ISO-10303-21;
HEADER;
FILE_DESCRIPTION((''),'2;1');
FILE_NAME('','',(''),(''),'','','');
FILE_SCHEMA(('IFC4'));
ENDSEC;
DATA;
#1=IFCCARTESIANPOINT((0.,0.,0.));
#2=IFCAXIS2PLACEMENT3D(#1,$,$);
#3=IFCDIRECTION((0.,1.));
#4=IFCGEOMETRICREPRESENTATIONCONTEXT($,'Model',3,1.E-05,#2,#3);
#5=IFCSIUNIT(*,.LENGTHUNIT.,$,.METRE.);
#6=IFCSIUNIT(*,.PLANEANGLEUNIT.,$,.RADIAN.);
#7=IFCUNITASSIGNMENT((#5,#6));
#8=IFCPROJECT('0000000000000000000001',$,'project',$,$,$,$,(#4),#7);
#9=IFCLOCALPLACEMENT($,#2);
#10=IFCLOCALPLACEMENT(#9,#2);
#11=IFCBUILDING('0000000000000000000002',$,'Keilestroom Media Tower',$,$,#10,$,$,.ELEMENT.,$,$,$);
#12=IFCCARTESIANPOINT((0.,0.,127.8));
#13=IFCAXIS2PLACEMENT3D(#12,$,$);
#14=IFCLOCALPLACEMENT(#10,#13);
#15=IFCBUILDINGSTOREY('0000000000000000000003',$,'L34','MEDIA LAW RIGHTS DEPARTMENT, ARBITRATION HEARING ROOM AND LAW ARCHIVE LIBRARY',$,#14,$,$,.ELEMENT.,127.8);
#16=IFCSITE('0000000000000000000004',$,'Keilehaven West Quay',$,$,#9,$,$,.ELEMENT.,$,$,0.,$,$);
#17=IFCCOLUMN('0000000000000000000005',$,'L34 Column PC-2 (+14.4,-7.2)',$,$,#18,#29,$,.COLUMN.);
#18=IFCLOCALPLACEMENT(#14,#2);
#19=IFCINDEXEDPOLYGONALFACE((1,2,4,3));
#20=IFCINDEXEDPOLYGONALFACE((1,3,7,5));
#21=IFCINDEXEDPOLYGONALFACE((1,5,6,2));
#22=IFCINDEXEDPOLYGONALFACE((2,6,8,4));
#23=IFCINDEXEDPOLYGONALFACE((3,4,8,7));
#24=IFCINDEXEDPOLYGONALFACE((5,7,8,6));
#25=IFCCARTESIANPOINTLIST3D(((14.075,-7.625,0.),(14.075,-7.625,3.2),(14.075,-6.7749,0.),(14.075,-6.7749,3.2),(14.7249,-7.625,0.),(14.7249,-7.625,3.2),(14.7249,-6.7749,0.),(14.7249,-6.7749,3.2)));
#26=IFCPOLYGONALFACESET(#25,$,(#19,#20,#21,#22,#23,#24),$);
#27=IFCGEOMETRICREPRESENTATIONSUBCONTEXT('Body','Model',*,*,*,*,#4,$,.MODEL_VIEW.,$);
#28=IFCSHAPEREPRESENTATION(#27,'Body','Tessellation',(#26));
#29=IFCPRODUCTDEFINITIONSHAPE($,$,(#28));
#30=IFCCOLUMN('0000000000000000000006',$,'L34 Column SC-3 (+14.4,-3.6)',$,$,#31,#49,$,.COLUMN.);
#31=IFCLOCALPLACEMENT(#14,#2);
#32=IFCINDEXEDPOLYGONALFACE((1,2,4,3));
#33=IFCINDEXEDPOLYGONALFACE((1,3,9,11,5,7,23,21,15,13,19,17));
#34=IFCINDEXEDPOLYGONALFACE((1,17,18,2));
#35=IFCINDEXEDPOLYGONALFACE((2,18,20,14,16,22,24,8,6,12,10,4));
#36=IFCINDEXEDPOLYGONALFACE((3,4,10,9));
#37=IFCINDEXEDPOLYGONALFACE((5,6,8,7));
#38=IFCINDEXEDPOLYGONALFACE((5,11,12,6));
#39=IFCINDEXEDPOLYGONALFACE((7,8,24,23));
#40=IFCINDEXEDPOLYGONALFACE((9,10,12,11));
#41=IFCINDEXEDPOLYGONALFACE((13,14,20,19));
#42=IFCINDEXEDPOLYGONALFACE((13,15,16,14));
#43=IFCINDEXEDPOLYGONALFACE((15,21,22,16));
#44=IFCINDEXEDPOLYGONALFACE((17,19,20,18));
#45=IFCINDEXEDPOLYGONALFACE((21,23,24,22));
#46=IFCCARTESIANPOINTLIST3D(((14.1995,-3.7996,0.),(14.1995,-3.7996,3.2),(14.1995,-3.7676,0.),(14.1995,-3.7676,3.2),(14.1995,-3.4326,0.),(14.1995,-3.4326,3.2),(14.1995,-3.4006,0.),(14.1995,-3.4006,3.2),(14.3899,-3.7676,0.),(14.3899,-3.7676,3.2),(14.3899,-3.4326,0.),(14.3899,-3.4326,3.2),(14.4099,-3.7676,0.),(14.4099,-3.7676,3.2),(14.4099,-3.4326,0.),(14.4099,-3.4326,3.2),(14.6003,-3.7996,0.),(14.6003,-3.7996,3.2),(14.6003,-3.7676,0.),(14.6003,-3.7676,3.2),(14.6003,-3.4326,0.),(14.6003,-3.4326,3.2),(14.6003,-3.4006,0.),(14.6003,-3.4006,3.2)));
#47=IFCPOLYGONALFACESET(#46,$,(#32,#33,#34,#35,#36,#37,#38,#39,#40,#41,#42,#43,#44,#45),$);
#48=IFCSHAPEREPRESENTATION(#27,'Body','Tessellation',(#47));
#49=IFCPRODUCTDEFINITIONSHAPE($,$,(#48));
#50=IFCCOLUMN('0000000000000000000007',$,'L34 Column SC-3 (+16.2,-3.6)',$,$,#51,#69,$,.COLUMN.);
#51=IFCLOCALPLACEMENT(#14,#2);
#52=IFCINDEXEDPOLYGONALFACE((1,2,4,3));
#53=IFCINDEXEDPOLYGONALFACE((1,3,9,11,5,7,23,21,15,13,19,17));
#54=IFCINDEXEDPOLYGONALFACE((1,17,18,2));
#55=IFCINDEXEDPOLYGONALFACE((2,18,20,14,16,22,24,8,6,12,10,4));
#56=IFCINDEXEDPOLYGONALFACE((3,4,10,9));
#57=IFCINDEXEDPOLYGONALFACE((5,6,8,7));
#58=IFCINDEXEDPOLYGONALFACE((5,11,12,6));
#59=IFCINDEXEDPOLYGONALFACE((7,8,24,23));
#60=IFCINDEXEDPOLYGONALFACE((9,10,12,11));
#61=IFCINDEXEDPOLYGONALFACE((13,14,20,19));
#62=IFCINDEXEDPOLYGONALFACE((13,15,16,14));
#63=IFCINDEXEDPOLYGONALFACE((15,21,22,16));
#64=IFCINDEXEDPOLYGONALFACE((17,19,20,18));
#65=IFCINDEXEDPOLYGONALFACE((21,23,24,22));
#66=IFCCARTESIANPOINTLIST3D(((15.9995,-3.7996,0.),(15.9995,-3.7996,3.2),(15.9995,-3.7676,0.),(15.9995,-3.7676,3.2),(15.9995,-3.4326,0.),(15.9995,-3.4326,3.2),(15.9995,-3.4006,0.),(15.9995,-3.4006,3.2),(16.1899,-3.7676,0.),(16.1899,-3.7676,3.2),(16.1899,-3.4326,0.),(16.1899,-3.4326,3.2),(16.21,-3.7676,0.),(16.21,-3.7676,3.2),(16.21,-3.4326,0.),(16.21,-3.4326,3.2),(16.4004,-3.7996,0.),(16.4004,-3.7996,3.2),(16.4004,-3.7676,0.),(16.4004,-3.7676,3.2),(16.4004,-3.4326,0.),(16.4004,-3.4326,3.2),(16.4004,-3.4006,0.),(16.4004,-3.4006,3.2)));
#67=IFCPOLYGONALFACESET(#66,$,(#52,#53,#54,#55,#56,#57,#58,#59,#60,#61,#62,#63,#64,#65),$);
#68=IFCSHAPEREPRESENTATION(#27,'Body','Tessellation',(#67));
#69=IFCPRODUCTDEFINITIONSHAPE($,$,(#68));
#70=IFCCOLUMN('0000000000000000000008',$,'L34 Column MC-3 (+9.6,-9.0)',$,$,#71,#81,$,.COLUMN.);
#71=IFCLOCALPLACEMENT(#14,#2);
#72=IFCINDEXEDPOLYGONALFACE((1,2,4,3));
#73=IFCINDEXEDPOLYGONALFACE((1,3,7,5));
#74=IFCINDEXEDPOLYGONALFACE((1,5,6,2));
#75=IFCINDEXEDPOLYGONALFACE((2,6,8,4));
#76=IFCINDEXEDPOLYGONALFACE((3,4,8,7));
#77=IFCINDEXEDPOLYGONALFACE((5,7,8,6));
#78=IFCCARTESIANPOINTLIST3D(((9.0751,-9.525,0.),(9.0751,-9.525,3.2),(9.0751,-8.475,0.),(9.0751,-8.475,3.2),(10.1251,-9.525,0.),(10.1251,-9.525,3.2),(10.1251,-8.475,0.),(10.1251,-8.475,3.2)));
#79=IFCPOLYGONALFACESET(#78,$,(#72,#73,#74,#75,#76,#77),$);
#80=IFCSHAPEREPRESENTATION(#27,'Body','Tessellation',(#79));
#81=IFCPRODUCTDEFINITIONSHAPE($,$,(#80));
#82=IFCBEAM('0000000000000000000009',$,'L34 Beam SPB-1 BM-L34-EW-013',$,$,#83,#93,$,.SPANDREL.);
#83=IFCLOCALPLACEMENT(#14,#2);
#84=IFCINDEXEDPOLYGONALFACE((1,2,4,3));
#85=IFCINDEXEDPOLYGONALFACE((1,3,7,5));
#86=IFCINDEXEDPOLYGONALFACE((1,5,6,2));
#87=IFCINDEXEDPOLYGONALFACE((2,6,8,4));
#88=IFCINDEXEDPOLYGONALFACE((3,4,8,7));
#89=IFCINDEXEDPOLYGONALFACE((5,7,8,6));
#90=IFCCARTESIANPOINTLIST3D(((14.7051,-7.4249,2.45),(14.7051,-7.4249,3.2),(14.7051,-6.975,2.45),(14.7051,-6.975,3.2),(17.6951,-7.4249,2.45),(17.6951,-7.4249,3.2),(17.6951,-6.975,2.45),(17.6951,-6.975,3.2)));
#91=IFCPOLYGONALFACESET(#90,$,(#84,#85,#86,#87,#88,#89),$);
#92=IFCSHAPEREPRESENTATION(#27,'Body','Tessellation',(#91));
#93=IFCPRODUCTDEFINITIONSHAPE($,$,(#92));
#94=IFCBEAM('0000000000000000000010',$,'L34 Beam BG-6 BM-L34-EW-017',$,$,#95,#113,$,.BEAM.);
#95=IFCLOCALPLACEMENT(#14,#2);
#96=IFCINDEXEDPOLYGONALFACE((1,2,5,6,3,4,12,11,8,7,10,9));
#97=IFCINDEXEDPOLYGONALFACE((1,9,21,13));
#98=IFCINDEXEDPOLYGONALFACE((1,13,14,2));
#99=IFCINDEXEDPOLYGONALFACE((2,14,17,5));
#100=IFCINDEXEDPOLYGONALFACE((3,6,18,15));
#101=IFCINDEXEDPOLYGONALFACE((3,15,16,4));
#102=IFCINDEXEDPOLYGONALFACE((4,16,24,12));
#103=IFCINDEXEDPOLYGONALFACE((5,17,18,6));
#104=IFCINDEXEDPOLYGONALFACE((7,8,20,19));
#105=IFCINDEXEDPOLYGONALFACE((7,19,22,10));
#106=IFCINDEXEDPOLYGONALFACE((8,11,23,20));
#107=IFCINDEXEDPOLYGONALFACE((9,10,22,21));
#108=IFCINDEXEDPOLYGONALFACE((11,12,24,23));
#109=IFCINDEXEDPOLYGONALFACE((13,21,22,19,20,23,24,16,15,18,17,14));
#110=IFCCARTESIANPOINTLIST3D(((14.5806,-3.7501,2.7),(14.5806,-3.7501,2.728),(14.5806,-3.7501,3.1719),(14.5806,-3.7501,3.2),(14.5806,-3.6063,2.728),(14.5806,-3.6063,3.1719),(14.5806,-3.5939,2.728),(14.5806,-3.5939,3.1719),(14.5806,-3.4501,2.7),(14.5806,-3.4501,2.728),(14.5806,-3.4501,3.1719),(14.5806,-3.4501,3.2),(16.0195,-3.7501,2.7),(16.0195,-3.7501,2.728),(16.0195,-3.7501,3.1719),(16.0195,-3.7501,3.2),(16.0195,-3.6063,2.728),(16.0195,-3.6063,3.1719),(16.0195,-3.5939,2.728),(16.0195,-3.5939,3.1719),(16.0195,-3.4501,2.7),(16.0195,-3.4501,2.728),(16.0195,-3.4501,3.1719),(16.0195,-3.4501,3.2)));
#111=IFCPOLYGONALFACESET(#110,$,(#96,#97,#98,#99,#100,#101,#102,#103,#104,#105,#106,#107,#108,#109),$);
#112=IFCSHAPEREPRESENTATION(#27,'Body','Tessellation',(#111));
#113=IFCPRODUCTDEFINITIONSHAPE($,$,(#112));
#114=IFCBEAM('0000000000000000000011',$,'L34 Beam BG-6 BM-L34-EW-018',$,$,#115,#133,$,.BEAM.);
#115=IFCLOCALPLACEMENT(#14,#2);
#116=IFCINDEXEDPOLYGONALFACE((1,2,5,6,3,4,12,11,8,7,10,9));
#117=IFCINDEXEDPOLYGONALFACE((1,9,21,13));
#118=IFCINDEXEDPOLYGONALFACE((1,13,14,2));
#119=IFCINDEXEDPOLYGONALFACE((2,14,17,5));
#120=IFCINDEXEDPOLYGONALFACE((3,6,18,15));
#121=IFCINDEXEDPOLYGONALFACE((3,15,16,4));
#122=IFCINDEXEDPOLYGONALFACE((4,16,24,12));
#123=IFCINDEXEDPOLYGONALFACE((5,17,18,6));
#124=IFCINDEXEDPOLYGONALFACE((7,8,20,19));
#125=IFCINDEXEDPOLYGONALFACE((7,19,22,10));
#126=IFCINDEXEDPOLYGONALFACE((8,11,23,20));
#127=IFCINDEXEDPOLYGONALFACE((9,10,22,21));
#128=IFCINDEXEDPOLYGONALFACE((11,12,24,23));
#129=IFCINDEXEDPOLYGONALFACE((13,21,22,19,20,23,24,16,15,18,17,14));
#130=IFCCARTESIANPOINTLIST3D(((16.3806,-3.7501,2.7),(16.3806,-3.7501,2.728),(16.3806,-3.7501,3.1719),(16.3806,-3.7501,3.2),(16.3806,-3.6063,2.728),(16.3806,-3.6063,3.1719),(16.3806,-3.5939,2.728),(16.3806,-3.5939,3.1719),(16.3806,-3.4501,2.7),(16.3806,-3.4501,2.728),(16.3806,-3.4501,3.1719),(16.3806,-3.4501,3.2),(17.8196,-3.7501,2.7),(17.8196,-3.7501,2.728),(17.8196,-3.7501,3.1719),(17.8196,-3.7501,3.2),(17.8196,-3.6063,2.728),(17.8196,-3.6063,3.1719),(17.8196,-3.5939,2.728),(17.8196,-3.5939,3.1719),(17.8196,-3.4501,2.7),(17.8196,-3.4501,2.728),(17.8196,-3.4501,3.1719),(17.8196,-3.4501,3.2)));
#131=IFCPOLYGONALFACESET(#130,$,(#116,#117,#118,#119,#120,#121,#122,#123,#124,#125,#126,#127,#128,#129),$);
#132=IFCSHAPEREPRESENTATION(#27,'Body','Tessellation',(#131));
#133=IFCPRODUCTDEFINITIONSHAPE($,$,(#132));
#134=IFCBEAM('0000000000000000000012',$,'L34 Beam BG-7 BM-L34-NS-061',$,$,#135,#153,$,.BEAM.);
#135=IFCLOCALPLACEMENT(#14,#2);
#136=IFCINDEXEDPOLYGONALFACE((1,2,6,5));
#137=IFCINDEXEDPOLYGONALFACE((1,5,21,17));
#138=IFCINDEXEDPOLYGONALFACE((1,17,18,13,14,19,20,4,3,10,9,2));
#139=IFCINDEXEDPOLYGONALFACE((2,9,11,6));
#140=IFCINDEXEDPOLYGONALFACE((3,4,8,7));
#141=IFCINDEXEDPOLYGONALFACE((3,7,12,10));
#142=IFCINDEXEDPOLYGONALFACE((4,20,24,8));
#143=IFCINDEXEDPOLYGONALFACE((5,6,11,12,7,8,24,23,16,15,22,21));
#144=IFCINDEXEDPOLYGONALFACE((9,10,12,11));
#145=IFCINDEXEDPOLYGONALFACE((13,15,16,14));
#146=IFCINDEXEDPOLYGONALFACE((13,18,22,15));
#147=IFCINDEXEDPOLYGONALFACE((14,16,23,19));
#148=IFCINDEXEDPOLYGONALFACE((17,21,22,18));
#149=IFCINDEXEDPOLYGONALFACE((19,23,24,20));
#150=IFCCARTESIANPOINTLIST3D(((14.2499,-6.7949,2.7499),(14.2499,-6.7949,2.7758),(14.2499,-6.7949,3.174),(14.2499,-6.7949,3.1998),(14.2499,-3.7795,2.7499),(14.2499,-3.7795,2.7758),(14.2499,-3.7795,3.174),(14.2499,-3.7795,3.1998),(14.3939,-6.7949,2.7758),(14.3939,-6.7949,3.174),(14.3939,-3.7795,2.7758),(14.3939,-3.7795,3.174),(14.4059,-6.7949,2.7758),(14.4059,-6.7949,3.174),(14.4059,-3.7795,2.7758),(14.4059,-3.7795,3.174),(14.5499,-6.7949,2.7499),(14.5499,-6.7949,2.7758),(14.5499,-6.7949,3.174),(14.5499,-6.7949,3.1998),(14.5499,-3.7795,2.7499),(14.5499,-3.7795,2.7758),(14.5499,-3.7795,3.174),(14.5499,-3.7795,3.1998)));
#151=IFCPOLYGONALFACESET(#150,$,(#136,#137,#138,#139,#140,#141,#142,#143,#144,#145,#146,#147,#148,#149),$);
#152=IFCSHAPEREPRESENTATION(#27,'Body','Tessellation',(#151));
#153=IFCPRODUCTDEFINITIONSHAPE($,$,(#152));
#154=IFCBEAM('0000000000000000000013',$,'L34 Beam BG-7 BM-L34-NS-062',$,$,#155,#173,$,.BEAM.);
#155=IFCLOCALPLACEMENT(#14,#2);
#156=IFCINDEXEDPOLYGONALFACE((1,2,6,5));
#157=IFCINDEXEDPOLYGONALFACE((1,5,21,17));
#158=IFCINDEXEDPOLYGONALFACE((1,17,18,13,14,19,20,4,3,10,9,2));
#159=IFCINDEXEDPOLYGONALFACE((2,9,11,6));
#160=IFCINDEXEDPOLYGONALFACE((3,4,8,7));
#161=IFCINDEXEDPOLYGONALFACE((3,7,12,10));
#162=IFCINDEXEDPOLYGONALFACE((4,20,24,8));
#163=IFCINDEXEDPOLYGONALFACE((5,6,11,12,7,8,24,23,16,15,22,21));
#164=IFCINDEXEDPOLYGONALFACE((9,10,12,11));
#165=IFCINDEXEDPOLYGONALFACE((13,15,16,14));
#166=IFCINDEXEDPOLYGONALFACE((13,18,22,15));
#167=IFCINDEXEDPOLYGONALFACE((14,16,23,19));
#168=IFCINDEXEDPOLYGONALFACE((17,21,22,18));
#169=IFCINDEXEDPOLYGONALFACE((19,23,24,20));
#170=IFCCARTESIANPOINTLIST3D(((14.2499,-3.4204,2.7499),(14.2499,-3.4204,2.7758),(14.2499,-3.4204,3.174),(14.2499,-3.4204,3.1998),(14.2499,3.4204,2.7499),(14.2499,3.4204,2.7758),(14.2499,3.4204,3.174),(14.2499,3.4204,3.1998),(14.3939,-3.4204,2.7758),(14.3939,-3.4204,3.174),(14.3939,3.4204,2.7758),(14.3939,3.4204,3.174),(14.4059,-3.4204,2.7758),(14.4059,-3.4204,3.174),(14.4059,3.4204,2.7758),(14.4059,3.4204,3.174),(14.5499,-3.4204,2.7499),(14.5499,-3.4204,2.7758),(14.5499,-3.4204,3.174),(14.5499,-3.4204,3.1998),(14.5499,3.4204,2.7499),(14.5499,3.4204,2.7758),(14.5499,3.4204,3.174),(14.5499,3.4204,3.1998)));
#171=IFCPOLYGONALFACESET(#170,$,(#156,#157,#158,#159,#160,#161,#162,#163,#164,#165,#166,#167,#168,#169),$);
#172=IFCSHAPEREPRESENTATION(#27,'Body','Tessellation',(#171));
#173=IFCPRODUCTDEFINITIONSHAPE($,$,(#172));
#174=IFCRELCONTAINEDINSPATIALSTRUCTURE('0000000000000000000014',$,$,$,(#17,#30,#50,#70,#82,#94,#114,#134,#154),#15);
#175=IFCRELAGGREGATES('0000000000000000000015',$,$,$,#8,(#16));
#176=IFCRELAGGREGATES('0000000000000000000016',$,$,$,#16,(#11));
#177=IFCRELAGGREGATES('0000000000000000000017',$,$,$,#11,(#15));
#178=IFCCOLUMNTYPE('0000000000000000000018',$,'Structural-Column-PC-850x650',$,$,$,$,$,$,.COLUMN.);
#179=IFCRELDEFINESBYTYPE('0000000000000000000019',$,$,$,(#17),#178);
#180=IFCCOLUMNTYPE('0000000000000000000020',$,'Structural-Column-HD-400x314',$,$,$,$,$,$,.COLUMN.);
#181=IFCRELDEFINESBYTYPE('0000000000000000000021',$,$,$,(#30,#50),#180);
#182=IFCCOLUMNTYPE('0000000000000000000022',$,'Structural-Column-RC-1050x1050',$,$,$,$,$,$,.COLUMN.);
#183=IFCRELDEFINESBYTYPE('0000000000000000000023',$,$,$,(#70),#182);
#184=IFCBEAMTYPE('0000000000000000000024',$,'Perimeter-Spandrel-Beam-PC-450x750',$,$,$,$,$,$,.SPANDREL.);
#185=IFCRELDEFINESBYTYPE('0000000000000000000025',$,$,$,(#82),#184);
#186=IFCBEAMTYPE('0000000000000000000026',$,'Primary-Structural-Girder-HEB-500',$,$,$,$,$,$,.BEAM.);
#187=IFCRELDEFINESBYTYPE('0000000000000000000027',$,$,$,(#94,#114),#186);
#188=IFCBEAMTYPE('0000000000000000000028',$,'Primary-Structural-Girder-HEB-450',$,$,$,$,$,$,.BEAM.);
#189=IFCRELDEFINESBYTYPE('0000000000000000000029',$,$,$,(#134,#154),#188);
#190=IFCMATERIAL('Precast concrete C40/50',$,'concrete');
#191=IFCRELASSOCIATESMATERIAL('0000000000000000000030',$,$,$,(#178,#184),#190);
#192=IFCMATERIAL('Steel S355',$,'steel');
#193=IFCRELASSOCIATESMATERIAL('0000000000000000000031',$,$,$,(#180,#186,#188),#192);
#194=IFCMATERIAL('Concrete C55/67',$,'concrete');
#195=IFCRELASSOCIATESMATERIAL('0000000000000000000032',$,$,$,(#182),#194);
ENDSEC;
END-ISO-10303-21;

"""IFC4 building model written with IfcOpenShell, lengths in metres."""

from ifc_helpers import new_model, si_unit, direction, frame, origin, origin_2d, place, context, subcontext, project, spatial, rectangle, i_section, extrude, source, transform, mapped, material, material_profile, profile_set, type_object, element, save


model = new_model("IFC4")

# Units and contexts
model_context = context("Model", 3, precision=1e-05, world=origin(), true_north=direction((0.0, 1.0)))
body_context = subcontext(model_context, "Body", "Model", "MODEL_VIEW")
ifc_project = project(units=[si_unit("LENGTHUNIT", "METRE"), si_unit("PLANEANGLEUNIT", "RADIAN")], contexts=[model_context])

# Site, building, storey
site_placement = place(None, origin())
site = spatial("IfcSite", under=ifc_project, at=site_placement, Name="Keilehaven West Quay", CompositionType="ELEMENT", RefElevation=0.0)
building_placement = place(site_placement, origin())
building = spatial("IfcBuilding", under=site, at=building_placement, Name="Keilestroom Media Tower", CompositionType="ELEMENT")
storey_placement = place(building_placement, frame((0.0, 0.0, 127.8)))
storey = spatial("IfcBuildingStorey", under=building, at=storey_placement, Name="L34", Description="MEDIA LAW RIGHTS DEPARTMENT, ARBITRATION HEARING ROOM AND LAW ARCHIVE LIBRARY", CompositionType="ELEMENT", Elevation=127.8)

# Columns
ifc_material_1 = material(Name="Precast concrete C40/50", Category="concrete")
ifc_material_profile_1 = material_profile(ifc_material_1, rectangle(XDim=0.6499, YDim=0.8501, at=origin_2d()), Name="PC 850x650")
ifc_profile_set_1 = profile_set([ifc_material_profile_1], Name="Precast concrete C40/50")
column_type_1 = type_object("IfcColumnType", Name="Structural-Column-PC-850x650", PredefinedType="COLUMN", material=ifc_profile_set_1)
shared_shape_1 = source(origin(), body_context, "Body", "SweptSolid", [
    extrude(rectangle(XDim=0.6499, YDim=0.8501, at=origin_2d()), origin(), (0.0, 0.0, 1.0), 3.2),
])
column_1_placement = place(storey_placement, frame((14.3999, -7.2, 0.0), z_axis=(0.0, 0.0, 1.0), x_axis=(1.0, 0.0, 0.0)))
element("IfcColumn", 1, at=column_1_placement, inside=storey, type_object=column_type_1, Name="L34 Column PC-2 (+14.4,-7.2)", PredefinedType="COLUMN", context=body_context, shape_type="MappedRepresentation", body=[
    mapped(shared_shape_1, transform((0.0, 0.0, 0.0), x_axis=(1.0, 0.0, 0.0), y_axis=(0.0, 1.0, 0.0), z_axis=(0.0, 0.0, 1.0), scale=1.0)),
])
ifc_material_2 = material(Name="Steel S355", Category="steel")
ifc_material_profile_2 = material_profile(ifc_material_2, i_section(OverallWidth=0.4009, OverallDepth=0.3989, WebThickness=0.02, FlangeThickness=0.032, at=origin_2d()), Name="HD 400x314")
ifc_profile_set_2 = profile_set([ifc_material_profile_2], Name="Steel S355")
column_type_2 = type_object("IfcColumnType", Name="Structural-Column-HD-400x314", PredefinedType="COLUMN", material=ifc_profile_set_2)
shared_shape_2 = source(origin(), body_context, "Body", "SweptSolid", [
    extrude(i_section(OverallWidth=0.4009, OverallDepth=0.3989, WebThickness=0.02, FlangeThickness=0.032, at=origin_2d()), origin(), (0.0, 0.0, 1.0), 3.2),
])
for number, where, z_axis, x_axis, name in (
    (2, (14.3999, -3.6001, 0.0), (0.0, 0.0, 1.0), (1.0, 0.0, 0.0), "L34 Column SC-3 (+14.4,-3.6)"),
    (3, (16.2, -3.6001, 0.0), (0.0, 0.0, 1.0), (1.0, 0.0, 0.0), "L34 Column SC-3 (+16.2,-3.6)"),
):
    element("IfcColumn", number, at=place(storey_placement, frame(where, z_axis=z_axis, x_axis=x_axis)), inside=storey, type_object=column_type_2, Name=name, PredefinedType="COLUMN", context=body_context, shape_type="MappedRepresentation", body=[
        mapped(shared_shape_2, transform((0.0, 0.0, 0.0), x_axis=(1.0, 0.0, 0.0), y_axis=(0.0, 1.0, 0.0), z_axis=(0.0, 0.0, 1.0), scale=1.0)),
    ])
ifc_material_3 = material(Name="Concrete C55/67", Category="concrete")
ifc_material_profile_3 = material_profile(ifc_material_3, rectangle(XDim=1.05, YDim=1.05, at=origin_2d()), Name="RC 1050x1050")
ifc_profile_set_3 = profile_set([ifc_material_profile_3], Name="Concrete C55/67")
column_type_3 = type_object("IfcColumnType", Name="Structural-Column-RC-1050x1050", PredefinedType="COLUMN", material=ifc_profile_set_3)
shared_shape_3 = source(origin(), body_context, "Body", "SweptSolid", [
    extrude(rectangle(XDim=1.05, YDim=1.05, at=origin_2d()), origin(), (0.0, 0.0, 1.0), 3.2),
])
column_2_placement = place(storey_placement, frame((9.6001, -9.0, 0.0), z_axis=(0.0, 0.0, 1.0), x_axis=(1.0, 0.0, 0.0)))
element("IfcColumn", 4, at=column_2_placement, inside=storey, type_object=column_type_3, Name="L34 Column MC-3 (+9.6,-9.0)", PredefinedType="COLUMN", context=body_context, shape_type="MappedRepresentation", body=[
    mapped(shared_shape_3, transform((0.0, 0.0, 0.0), x_axis=(1.0, 0.0, 0.0), y_axis=(0.0, 1.0, 0.0), z_axis=(0.0, 0.0, 1.0), scale=1.0)),
])

# Beams
ifc_material_profile_4 = material_profile(ifc_material_1, rectangle(XDim=0.45, YDim=0.75, at=origin_2d()), Name="PC 450x750")
ifc_profile_set_4 = profile_set([ifc_material_profile_4], Name="Precast concrete C40/50")
beam_type_1 = type_object("IfcBeamType", Name="Perimeter-Spandrel-Beam-PC-450x750", PredefinedType="SPANDREL", material=ifc_profile_set_4)
shared_shape_4 = source(origin(), body_context, "Body", "SweptSolid", [
    extrude(rectangle(XDim=0.45, YDim=0.75, at=origin_2d()), origin(), (0.0, 0.0, 1.0), 2.99),
])
beam_1_placement = place(storey_placement, frame((14.7051, -7.2, 2.825), z_axis=(1.0, 0.0, 0.0), x_axis=(0.0, 1.0, 0.0)))
element("IfcBeam", 5, at=beam_1_placement, inside=storey, type_object=beam_type_1, Name="L34 Beam SPB-1 BM-L34-EW-013", PredefinedType="SPANDREL", context=body_context, shape_type="MappedRepresentation", body=[
    mapped(shared_shape_4, transform((0.0, 0.0, 0.0), x_axis=(1.0, 0.0, 0.0), y_axis=(0.0, 1.0, 0.0), z_axis=(0.0, 0.0, 1.0), scale=1.0)),
])
ifc_material_profile_5 = material_profile(ifc_material_2, i_section(OverallWidth=0.3, OverallDepth=0.5, WebThickness=0.0125, FlangeThickness=0.0281, at=origin_2d()), Name="HEB 500")
ifc_profile_set_5 = profile_set([ifc_material_profile_5], Name="Steel S355")
beam_type_2 = type_object("IfcBeamType", Name="Primary-Structural-Girder-HEB-500", PredefinedType="BEAM", material=ifc_profile_set_5)
shared_shape_5 = source(origin(), body_context, "Body", "SweptSolid", [
    extrude(i_section(OverallWidth=0.3, OverallDepth=0.5, WebThickness=0.0125, FlangeThickness=0.0281, at=origin_2d()), origin(), (0.0, 0.0, 1.0), 1.439),
])
for number, where, z_axis, x_axis, name in (
    (6, (14.5806, -3.6001, 2.95), (1.0, 0.0, 0.0), (0.0, 1.0, 0.0), "L34 Beam BG-6 BM-L34-EW-017"),
    (7, (16.3806, -3.6001, 2.95), (1.0, 0.0, 0.0), (0.0, 1.0, 0.0), "L34 Beam BG-6 BM-L34-EW-018"),
):
    element("IfcBeam", number, at=place(storey_placement, frame(where, z_axis=z_axis, x_axis=x_axis)), inside=storey, type_object=beam_type_2, Name=name, PredefinedType="BEAM", context=body_context, shape_type="MappedRepresentation", body=[
        mapped(shared_shape_5, transform((0.0, 0.0, 0.0), x_axis=(1.0, 0.0, 0.0), y_axis=(0.0, 1.0, 0.0), z_axis=(0.0, 0.0, 1.0), scale=1.0)),
    ])
ifc_material_profile_6 = material_profile(ifc_material_2, i_section(OverallWidth=0.3, OverallDepth=0.45, WebThickness=0.012, FlangeThickness=0.0259, at=origin_2d()), Name="HEB 450")
ifc_profile_set_6 = profile_set([ifc_material_profile_6], Name="Steel S355")
beam_type_3 = type_object("IfcBeamType", Name="Primary-Structural-Girder-HEB-450", PredefinedType="BEAM", material=ifc_profile_set_6)
shared_shape_6 = source(origin(), body_context, "Body", "SweptSolid", [
    extrude(i_section(OverallWidth=0.3, OverallDepth=0.45, WebThickness=0.012, FlangeThickness=0.0259, at=origin_2d()), origin(), (0.0, 0.0, 1.0), 3.0154),
])
beam_2_placement = place(storey_placement, frame((14.3999, -6.7949, 2.9749), z_axis=(0.0, 1.0, 0.0), x_axis=(-1.0, 0.0, 0.0)))
element("IfcBeam", 8, at=beam_2_placement, inside=storey, type_object=beam_type_3, Name="L34 Beam BG-7 BM-L34-NS-061", PredefinedType="BEAM", context=body_context, shape_type="MappedRepresentation", body=[
    mapped(shared_shape_6, transform((0.0, 0.0, 0.0), x_axis=(1.0, 0.0, 0.0), y_axis=(0.0, 1.0, 0.0), z_axis=(0.0, 0.0, 1.0), scale=1.0)),
])
shared_shape_7 = source(origin(), body_context, "Body", "SweptSolid", [
    extrude(i_section(OverallWidth=0.3, OverallDepth=0.45, WebThickness=0.012, FlangeThickness=0.0259, at=origin_2d()), origin(), (0.0, 0.0, 1.0), 6.8408),
])
for number, where, z_axis, x_axis, name in (
    (9, (14.3999, -3.4204, 2.9749), (0.0, 1.0, 0.0), (-1.0, 0.0, 0.0), "L34 Beam BG-7 BM-L34-NS-062"),
):
    element("IfcBeam", number, at=place(storey_placement, frame(where, z_axis=z_axis, x_axis=x_axis)), inside=storey, type_object=beam_type_3, Name=name, PredefinedType="BEAM", context=body_context, shape_type="MappedRepresentation", body=[
        mapped(shared_shape_7, transform((0.0, 0.0, 0.0), x_axis=(1.0, 0.0, 0.0), y_axis=(0.0, 1.0, 0.0), z_axis=(0.0, 0.0, 1.0), scale=1.0)),
    ])

save(model, "model.ifc")
